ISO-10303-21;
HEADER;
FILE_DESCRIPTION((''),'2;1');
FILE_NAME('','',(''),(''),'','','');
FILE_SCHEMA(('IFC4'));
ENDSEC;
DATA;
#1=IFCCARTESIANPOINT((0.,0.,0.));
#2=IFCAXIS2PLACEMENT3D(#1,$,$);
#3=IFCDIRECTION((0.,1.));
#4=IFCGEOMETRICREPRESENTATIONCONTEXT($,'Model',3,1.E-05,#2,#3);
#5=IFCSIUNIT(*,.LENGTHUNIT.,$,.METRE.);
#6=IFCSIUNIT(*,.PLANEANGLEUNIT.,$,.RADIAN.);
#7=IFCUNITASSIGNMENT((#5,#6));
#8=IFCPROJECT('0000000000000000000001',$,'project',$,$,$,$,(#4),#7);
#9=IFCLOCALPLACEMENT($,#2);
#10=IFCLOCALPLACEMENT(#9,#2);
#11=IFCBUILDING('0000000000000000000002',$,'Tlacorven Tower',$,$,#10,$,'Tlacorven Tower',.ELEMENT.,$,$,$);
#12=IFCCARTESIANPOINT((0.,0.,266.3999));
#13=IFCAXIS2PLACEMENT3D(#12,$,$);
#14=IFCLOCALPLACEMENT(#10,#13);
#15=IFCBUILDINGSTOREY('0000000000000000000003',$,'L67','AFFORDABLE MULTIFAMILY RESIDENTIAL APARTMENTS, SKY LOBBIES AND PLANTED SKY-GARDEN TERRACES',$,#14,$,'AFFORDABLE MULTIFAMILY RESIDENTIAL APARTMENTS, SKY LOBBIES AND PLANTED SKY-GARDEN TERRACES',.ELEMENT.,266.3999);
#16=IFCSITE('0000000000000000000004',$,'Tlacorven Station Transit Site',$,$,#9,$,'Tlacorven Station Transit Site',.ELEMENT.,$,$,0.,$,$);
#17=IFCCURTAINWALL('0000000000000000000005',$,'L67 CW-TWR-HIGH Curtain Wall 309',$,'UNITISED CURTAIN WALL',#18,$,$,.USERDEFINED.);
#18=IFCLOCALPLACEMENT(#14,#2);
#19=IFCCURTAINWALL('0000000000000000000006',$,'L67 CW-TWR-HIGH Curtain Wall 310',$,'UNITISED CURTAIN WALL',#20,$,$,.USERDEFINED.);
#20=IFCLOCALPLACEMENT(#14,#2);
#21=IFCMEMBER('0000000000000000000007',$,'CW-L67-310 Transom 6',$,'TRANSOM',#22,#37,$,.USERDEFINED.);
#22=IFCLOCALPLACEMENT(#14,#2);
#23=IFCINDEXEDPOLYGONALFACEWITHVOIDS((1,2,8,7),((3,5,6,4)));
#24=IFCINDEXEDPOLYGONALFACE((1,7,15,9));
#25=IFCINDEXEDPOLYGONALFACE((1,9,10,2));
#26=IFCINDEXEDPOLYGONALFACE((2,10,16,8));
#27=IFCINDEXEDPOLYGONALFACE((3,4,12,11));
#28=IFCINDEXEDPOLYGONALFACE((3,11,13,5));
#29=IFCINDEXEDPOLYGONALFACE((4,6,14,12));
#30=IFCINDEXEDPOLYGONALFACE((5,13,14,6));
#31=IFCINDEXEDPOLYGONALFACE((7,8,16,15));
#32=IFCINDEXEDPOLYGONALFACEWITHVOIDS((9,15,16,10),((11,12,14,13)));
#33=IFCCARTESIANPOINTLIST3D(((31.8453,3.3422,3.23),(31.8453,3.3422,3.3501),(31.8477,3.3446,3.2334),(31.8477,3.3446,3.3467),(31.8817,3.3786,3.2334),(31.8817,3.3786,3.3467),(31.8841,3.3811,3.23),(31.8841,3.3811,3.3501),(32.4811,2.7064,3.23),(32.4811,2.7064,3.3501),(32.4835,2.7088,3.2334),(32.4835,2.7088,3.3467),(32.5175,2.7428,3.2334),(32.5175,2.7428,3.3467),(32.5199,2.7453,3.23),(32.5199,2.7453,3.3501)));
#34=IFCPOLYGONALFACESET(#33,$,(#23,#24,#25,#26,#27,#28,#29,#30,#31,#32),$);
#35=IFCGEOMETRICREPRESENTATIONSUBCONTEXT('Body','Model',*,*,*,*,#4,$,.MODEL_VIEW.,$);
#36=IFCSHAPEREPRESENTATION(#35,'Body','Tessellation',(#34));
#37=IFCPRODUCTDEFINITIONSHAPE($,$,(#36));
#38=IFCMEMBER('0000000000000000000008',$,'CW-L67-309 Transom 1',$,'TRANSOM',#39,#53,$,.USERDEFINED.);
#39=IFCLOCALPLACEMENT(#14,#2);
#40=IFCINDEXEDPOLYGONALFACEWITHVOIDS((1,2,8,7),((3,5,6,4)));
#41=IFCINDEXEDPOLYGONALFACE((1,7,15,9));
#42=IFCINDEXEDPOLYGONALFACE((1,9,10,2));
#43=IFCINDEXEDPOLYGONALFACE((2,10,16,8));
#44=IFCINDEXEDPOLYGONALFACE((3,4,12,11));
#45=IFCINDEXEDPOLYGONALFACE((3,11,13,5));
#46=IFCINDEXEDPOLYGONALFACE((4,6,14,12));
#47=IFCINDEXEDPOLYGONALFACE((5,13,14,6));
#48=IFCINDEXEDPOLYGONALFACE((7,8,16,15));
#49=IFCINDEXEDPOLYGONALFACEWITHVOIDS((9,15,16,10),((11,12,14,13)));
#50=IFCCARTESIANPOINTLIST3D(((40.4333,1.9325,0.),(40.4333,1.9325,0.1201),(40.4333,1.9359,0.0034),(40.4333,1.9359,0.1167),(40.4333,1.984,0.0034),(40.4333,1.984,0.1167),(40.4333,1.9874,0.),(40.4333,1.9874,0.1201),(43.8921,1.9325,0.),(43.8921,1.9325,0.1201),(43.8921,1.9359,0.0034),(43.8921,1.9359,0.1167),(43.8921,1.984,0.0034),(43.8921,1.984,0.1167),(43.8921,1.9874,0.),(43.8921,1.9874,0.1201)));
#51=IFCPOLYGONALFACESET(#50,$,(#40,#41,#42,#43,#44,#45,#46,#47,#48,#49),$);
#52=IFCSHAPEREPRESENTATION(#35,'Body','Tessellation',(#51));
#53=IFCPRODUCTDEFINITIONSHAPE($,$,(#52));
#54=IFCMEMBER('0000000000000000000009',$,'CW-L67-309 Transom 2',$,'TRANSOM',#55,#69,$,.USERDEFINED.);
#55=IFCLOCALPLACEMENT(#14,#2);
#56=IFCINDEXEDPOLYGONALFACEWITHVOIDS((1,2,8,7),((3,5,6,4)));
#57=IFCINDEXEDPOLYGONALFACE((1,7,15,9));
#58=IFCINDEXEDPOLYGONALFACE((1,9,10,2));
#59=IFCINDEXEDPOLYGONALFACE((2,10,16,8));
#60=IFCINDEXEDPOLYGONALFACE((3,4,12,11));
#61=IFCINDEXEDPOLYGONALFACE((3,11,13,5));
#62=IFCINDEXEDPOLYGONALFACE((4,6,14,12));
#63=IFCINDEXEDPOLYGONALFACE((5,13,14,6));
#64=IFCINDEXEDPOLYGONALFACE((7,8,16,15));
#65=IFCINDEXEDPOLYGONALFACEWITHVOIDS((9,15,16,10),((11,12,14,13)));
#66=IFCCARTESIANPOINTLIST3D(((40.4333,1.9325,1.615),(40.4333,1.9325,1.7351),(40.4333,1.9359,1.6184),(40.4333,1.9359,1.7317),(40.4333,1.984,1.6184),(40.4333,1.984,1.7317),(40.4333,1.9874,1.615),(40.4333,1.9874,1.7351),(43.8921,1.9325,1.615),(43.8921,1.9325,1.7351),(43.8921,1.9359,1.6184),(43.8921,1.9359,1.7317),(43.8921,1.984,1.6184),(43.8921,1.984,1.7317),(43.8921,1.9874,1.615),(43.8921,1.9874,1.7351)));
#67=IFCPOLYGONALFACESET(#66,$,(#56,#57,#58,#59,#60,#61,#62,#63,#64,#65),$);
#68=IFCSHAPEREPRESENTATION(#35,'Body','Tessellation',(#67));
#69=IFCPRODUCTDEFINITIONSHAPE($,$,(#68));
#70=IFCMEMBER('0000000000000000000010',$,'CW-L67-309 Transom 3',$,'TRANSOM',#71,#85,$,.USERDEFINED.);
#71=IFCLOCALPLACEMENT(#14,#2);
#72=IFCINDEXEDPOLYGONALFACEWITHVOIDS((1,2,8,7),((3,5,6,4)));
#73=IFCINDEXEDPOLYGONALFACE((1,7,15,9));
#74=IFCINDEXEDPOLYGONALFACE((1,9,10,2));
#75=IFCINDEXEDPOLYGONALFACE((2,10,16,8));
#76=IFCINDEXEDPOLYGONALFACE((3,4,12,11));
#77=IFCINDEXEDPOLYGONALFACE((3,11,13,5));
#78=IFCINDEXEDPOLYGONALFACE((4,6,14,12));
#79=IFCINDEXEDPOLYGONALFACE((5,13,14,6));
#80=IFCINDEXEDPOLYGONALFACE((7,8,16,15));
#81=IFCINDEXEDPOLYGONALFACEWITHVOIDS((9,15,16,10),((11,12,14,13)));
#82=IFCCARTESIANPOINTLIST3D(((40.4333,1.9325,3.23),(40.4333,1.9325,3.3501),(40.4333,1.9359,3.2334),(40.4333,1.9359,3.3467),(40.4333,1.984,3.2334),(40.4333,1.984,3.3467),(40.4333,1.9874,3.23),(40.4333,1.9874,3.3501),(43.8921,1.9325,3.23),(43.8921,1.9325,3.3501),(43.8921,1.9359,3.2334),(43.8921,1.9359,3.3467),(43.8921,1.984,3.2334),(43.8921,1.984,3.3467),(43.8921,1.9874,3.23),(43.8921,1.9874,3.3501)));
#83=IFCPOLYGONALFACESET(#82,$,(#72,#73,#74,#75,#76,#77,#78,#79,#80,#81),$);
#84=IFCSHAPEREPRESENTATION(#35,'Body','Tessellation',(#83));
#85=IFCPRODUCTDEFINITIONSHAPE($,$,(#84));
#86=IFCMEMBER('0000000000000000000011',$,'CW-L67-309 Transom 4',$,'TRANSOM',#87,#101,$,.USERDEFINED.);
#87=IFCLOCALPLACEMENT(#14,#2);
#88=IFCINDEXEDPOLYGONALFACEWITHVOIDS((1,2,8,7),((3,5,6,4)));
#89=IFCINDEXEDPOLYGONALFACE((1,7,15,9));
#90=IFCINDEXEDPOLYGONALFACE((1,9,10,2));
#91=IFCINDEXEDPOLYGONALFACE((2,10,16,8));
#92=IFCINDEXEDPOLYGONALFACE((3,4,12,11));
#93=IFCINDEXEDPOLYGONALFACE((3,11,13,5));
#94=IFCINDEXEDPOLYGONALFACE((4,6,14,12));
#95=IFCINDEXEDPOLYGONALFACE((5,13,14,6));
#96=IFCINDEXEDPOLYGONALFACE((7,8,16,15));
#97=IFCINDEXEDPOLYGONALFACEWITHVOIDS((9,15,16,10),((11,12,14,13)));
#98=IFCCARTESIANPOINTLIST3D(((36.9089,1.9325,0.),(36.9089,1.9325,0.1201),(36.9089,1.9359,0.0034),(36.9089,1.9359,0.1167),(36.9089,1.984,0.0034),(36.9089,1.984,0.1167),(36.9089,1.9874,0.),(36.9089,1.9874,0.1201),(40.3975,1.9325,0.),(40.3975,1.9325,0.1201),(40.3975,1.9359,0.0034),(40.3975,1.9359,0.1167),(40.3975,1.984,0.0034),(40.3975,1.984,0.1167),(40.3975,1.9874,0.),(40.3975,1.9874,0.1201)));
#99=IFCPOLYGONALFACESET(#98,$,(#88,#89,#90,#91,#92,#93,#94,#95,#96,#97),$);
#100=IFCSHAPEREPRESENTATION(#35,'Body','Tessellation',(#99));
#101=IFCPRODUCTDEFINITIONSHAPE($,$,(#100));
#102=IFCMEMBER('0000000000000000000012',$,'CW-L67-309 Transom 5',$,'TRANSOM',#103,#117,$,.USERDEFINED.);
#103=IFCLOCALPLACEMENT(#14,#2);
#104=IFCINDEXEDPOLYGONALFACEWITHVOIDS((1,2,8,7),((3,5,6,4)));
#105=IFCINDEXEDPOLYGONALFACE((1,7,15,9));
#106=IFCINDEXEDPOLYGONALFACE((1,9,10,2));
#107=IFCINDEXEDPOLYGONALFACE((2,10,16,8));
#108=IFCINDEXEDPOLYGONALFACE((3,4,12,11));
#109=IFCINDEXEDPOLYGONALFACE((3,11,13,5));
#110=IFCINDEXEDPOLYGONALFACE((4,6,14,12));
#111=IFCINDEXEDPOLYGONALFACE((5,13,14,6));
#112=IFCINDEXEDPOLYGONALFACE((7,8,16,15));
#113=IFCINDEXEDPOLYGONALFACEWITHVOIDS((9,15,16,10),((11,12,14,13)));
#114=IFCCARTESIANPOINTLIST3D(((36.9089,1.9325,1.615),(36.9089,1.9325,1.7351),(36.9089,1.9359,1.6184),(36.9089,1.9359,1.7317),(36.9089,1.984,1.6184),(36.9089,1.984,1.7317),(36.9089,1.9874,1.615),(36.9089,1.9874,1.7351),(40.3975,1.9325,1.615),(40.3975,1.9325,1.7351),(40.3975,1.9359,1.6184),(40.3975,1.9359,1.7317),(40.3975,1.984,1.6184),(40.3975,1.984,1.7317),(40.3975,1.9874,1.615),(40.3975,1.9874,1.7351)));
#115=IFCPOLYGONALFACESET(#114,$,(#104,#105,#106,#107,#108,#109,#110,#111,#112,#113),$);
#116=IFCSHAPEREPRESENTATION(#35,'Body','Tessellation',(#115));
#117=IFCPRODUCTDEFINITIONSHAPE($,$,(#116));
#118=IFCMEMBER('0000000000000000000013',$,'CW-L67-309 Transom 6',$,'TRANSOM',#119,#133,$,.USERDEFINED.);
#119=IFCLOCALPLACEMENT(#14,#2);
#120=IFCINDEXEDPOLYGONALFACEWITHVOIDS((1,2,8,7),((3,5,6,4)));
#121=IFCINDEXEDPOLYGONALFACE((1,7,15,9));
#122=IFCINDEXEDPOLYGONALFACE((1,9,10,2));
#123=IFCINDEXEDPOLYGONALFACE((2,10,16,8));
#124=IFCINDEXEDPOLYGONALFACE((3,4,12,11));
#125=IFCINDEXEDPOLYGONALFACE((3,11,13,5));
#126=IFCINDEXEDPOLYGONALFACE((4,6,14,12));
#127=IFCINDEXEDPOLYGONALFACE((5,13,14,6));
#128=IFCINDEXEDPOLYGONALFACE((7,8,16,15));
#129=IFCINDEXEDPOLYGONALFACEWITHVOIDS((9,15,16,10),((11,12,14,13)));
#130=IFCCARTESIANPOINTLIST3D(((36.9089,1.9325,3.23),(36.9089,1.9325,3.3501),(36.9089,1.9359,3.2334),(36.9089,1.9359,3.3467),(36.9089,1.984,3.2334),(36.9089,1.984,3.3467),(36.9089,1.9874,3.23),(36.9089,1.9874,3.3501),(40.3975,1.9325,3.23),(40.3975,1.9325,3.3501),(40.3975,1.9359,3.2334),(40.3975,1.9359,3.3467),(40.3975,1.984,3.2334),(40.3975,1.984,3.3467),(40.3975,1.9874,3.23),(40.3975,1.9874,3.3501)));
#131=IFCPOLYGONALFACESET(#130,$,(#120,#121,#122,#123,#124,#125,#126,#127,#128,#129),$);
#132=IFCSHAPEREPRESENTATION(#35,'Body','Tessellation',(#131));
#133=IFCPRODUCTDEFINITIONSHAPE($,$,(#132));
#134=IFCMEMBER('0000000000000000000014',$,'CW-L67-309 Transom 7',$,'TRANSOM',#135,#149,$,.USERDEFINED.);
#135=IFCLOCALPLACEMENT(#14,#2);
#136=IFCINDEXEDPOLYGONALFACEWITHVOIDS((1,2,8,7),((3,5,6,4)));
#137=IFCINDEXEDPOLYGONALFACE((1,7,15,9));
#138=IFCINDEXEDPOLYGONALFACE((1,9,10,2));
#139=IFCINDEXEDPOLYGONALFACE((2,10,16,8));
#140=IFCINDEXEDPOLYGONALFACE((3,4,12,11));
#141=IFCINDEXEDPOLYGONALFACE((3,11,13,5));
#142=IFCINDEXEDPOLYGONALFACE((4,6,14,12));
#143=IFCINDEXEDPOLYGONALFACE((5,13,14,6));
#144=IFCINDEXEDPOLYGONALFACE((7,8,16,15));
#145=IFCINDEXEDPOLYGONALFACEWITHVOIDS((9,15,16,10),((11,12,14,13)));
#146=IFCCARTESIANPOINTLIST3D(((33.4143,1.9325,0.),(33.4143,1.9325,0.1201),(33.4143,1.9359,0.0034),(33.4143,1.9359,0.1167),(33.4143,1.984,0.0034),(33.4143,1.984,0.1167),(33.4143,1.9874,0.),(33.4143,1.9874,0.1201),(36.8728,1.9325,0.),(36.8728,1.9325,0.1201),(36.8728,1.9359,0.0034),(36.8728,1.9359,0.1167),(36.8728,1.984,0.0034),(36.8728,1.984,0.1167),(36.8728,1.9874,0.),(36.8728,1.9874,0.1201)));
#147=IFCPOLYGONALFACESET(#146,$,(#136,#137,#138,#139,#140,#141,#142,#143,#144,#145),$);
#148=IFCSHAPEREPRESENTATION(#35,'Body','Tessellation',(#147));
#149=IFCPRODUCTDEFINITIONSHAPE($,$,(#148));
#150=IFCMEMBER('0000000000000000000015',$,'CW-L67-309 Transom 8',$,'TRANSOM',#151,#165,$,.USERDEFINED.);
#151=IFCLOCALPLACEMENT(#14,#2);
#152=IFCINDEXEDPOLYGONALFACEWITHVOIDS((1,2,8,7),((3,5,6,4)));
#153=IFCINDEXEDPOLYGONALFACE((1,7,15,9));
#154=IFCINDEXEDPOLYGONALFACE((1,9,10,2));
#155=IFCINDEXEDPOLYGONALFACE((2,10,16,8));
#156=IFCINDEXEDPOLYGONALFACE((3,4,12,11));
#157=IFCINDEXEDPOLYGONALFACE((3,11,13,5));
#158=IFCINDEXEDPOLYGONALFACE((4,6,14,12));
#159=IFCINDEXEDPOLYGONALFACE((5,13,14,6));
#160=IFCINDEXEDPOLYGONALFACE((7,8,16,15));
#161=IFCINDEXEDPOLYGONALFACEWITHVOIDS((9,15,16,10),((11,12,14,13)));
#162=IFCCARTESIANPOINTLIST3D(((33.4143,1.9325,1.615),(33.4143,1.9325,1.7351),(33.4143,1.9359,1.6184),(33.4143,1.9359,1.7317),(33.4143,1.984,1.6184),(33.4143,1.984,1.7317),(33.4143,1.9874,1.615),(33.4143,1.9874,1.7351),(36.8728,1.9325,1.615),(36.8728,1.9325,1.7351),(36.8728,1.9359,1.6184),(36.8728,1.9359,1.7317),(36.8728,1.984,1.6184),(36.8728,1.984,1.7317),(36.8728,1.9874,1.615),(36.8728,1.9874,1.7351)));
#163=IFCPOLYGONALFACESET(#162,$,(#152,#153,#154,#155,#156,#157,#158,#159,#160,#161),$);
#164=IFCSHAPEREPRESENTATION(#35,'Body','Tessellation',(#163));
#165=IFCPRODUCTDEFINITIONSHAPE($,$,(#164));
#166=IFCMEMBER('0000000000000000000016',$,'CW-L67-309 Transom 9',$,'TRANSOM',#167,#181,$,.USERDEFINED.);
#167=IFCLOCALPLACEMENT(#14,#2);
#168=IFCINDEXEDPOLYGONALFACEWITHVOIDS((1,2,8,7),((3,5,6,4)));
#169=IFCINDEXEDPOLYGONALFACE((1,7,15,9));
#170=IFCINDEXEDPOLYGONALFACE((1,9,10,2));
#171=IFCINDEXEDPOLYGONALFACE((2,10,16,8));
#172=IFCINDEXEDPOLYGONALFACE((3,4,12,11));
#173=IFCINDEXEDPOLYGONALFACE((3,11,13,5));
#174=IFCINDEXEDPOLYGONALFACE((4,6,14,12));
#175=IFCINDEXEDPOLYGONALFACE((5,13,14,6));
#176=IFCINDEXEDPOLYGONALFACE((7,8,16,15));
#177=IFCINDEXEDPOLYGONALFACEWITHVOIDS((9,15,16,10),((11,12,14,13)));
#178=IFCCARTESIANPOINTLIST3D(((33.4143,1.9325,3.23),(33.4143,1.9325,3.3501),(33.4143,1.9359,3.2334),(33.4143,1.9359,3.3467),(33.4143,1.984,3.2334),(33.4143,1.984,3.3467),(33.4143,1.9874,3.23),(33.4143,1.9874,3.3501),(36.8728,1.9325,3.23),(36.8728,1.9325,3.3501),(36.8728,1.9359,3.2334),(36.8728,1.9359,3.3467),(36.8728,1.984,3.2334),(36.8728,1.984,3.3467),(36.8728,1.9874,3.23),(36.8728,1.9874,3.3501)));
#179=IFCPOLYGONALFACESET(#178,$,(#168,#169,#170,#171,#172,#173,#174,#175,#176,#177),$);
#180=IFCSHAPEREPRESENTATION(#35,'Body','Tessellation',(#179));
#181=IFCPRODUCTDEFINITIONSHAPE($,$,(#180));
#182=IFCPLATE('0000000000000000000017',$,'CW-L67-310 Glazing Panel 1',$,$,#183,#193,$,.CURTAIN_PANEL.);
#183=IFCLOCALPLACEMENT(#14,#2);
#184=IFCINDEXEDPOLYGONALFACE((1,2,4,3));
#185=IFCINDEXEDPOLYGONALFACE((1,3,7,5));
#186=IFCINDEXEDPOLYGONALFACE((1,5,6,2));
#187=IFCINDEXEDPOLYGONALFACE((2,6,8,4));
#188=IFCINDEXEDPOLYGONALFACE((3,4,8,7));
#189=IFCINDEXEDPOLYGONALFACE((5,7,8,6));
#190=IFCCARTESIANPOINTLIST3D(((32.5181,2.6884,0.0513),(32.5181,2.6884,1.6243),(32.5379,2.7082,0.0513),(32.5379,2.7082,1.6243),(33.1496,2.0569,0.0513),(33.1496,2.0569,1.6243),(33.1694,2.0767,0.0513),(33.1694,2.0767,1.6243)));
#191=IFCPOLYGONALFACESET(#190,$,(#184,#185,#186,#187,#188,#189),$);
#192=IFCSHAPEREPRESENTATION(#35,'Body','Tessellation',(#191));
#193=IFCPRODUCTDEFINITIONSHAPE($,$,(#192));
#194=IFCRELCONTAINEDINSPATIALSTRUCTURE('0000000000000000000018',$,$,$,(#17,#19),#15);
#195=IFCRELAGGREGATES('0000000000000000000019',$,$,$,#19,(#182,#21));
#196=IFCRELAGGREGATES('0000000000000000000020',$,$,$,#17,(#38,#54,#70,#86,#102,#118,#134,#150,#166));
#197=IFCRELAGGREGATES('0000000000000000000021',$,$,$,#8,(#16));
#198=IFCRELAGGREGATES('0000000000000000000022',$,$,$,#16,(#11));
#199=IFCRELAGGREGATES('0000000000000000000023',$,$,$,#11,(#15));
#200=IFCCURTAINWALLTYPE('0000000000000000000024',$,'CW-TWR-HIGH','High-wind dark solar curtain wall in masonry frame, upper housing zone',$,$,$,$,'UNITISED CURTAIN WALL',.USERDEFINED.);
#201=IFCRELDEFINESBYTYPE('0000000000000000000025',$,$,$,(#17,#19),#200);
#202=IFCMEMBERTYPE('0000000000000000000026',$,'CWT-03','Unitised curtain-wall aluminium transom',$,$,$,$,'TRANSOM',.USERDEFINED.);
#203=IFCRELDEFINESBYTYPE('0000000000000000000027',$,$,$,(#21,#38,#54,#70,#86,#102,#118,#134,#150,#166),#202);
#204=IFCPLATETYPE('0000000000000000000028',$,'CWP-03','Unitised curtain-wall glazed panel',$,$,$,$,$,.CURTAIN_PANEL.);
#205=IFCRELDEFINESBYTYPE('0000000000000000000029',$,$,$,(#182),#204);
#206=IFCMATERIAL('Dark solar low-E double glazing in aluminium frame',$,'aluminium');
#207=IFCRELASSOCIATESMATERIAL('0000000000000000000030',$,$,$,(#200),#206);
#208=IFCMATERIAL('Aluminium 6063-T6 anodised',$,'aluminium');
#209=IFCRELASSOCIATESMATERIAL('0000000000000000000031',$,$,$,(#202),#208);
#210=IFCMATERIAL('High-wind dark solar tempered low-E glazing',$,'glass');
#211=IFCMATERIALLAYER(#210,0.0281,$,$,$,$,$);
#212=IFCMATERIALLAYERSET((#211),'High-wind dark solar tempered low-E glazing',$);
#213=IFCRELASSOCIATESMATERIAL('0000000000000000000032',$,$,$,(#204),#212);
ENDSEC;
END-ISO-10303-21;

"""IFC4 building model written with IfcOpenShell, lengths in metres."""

from ifc_helpers import new_model, si_unit, direction, frame, origin, origin_2d, place, context, subcontext, project, spatial, rectangle, hollow_rectangle, extrude, source, transform, mapped, material, layer, layer_set, material_profile, profile_set, type_object, element, aggregate, save


model = new_model("IFC4")

# Units and contexts
model_context = context("Model", 3, precision=1e-05, world=origin(), true_north=direction((0.0, 1.0)))
body_context = subcontext(model_context, "Body", "Model", "MODEL_VIEW")
ifc_project = project(units=[si_unit("LENGTHUNIT", "METRE"), si_unit("PLANEANGLEUNIT", "RADIAN")], contexts=[model_context])

# Site, building, storey
site_placement = place(None, origin())
site = spatial("IfcSite", under=ifc_project, at=site_placement, Name="Tlacorven Station Transit Site", LongName="Tlacorven Station Transit Site", CompositionType="ELEMENT", RefElevation=0.0)
building_placement = place(site_placement, origin())
building = spatial("IfcBuilding", under=site, at=building_placement, Name="Tlacorven Tower", LongName="Tlacorven Tower", CompositionType="ELEMENT")
storey_placement = place(building_placement, frame((0.0, 0.0, 266.3999)))
storey = spatial("IfcBuildingStorey", under=building, at=storey_placement, Name="L67", Description="AFFORDABLE MULTIFAMILY RESIDENTIAL APARTMENTS, SKY LOBBIES AND PLANTED SKY-GARDEN TERRACES", LongName="AFFORDABLE MULTIFAMILY RESIDENTIAL APARTMENTS, SKY LOBBIES AND PLANTED SKY-GARDEN TERRACES", CompositionType="ELEMENT", Elevation=266.3999)

# Curtain walls, member
ifc_material_1 = material(Name="Dark solar low-E double glazing in aluminium frame", Category="aluminium")
curtain_wall_type = type_object("IfcCurtainWallType", Name="CW-TWR-HIGH", Description="High-wind dark solar curtain wall in masonry frame, upper housing zone", ElementType="UNITISED CURTAIN WALL", PredefinedType="USERDEFINED", material=ifc_material_1)
curtain_wall_1_placement = place(storey_placement, origin())
curtain_wall_1 = element("IfcCurtainWall", 1, at=curtain_wall_1_placement, inside=storey, type_object=curtain_wall_type, Name="L67 CW-TWR-HIGH Curtain Wall 309", ObjectType="UNITISED CURTAIN WALL", PredefinedType="USERDEFINED")
ifc_material_2 = material(Name="Aluminium 6063-T6 anodised", Category="aluminium")
curtain_wall_2_placement = place(storey_placement, origin())
curtain_wall_2 = element("IfcCurtainWall", 2, at=curtain_wall_2_placement, inside=storey, type_object=curtain_wall_type, Name="L67 CW-TWR-HIGH Curtain Wall 310", ObjectType="UNITISED CURTAIN WALL", PredefinedType="USERDEFINED")
ifc_material_profile_1 = material_profile(ifc_material_2, hollow_rectangle(XDim=0.0549, YDim=0.1201, WallThickness=0.0034, at=origin_2d()), Name="ALU TRANSOM 55X120")
ifc_profile_set_1 = profile_set([ifc_material_profile_1], Name="Aluminium 6063-T6 anodised")
member_type_1 = type_object("IfcMemberType", Name="CWT-03", Description="Unitised curtain-wall aluminium transom", ElementType="TRANSOM", PredefinedType="USERDEFINED", material=ifc_profile_set_1)
shared_shape_1 = source(origin(), body_context, "Body", "SweptSolid", [
    extrude(hollow_rectangle(XDim=0.0549, YDim=0.1201, WallThickness=0.0034, at=origin_2d()), origin(), (0.0, 0.0, 1.0), 0.8992),
])
member_1_placement = place(storey_placement, frame((32.5005, 2.7258, 3.29), z_axis=(-0.707107, 0.707107, 0.0), x_axis=(-0.707107, -0.707107, 0.0)))
member_1 = element("IfcMember", 3, at=member_1_placement, type_object=member_type_1, Name="CW-L67-310 Transom 6", ObjectType="TRANSOM", PredefinedType="USERDEFINED", context=body_context, shape_type="MappedRepresentation", body=[
    mapped(shared_shape_1, transform((0.0, 0.0, 0.0), scale=1.0)),
])

# Members
shared_shape_2 = source(origin(), body_context, "Body", "SweptSolid", [
    extrude(hollow_rectangle(XDim=0.0549, YDim=0.1201, WallThickness=0.0034, at=origin_2d()), origin(), (0.0, 0.0, 1.0), 3.4587),
])
member_2_placement = place(storey_placement, frame((43.8921, 1.96, 0.0601), z_axis=(-1.0, 0.0, 0.0), x_axis=(0.0, -1.0, 0.0)))
member_2 = element("IfcMember", 4, at=member_2_placement, type_object=member_type_1, Name="CW-L67-309 Transom 1", ObjectType="TRANSOM", PredefinedType="USERDEFINED", context=body_context, shape_type="MappedRepresentation", body=[
    mapped(shared_shape_2, transform((0.0, 0.0, 0.0), scale=1.0)),
])
member_3_placement = place(storey_placement, frame((43.8921, 1.96, 1.675), z_axis=(-1.0, 0.0, 0.0), x_axis=(0.0, -1.0, 0.0)))
member_3 = element("IfcMember", 5, at=member_3_placement, type_object=member_type_1, Name="CW-L67-309 Transom 2", ObjectType="TRANSOM", PredefinedType="USERDEFINED", context=body_context, shape_type="MappedRepresentation", body=[
    mapped(shared_shape_2, transform((0.0, 0.0, 0.0), scale=1.0)),
])
member_4_placement = place(storey_placement, frame((43.8921, 1.96, 3.29), z_axis=(-1.0, 0.0, 0.0), x_axis=(0.0, -1.0, 0.0)))
member_4 = element("IfcMember", 6, at=member_4_placement, type_object=member_type_1, Name="CW-L67-309 Transom 3", ObjectType="TRANSOM", PredefinedType="USERDEFINED", context=body_context, shape_type="MappedRepresentation", body=[
    mapped(shared_shape_2, transform((0.0, 0.0, 0.0), scale=1.0)),
])
shared_shape_3 = source(origin(), body_context, "Body", "SweptSolid", [
    extrude(hollow_rectangle(XDim=0.0549, YDim=0.1201, WallThickness=0.0034, at=origin_2d()), origin(), (0.0, 0.0, 1.0), 3.4885),
])
member_5_placement = place(storey_placement, frame((40.3975, 1.96, 0.0601), z_axis=(-1.0, 0.0, 0.0), x_axis=(0.0, -1.0, 0.0)))
member_5 = element("IfcMember", 7, at=member_5_placement, type_object=member_type_1, Name="CW-L67-309 Transom 4", ObjectType="TRANSOM", PredefinedType="USERDEFINED", context=body_context, shape_type="MappedRepresentation", body=[
    mapped(shared_shape_3, transform((0.0, 0.0, 0.0), scale=1.0)),
])
member_6_placement = place(storey_placement, frame((40.3975, 1.96, 1.675), z_axis=(-1.0, 0.0, 0.0), x_axis=(0.0, -1.0, 0.0)))
member_6 = element("IfcMember", 8, at=member_6_placement, type_object=member_type_1, Name="CW-L67-309 Transom 5", ObjectType="TRANSOM", PredefinedType="USERDEFINED", context=body_context, shape_type="MappedRepresentation", body=[
    mapped(shared_shape_3, transform((0.0, 0.0, 0.0), scale=1.0)),
])
member_7_placement = place(storey_placement, frame((40.3975, 1.96, 3.29), z_axis=(-1.0, 0.0, 0.0), x_axis=(0.0, -1.0, 0.0)))
member_7 = element("IfcMember", 9, at=member_7_placement, type_object=member_type_1, Name="CW-L67-309 Transom 6", ObjectType="TRANSOM", PredefinedType="USERDEFINED", context=body_context, shape_type="MappedRepresentation", body=[
    mapped(shared_shape_3, transform((0.0, 0.0, 0.0), scale=1.0)),
])
shared_shape_4 = source(origin(), body_context, "Body", "SweptSolid", [
    extrude(hollow_rectangle(XDim=0.0549, YDim=0.1201, WallThickness=0.0034, at=origin_2d()), origin(), (0.0, 0.0, 1.0), 3.4585),
])
member_8_placement = place(storey_placement, frame((36.8728, 1.96, 0.0601), z_axis=(-1.0, 0.0, 0.0), x_axis=(0.0, -1.0, 0.0)))
member_8 = element("IfcMember", 10, at=member_8_placement, type_object=member_type_1, Name="CW-L67-309 Transom 7", ObjectType="TRANSOM", PredefinedType="USERDEFINED", context=body_context, shape_type="MappedRepresentation", body=[
    mapped(shared_shape_4, transform((0.0, 0.0, 0.0), scale=1.0)),
])
member_9_placement = place(storey_placement, frame((36.8728, 1.96, 1.675), z_axis=(-1.0, 0.0, 0.0), x_axis=(0.0, -1.0, 0.0)))
member_9 = element("IfcMember", 11, at=member_9_placement, type_object=member_type_1, Name="CW-L67-309 Transom 8", ObjectType="TRANSOM", PredefinedType="USERDEFINED", context=body_context, shape_type="MappedRepresentation", body=[
    mapped(shared_shape_4, transform((0.0, 0.0, 0.0), scale=1.0)),
])
member_10_placement = place(storey_placement, frame((36.8728, 1.96, 3.29), z_axis=(-1.0, 0.0, 0.0), x_axis=(0.0, -1.0, 0.0)))
member_10 = element("IfcMember", 12, at=member_10_placement, type_object=member_type_1, Name="CW-L67-309 Transom 9", ObjectType="TRANSOM", PredefinedType="USERDEFINED", context=body_context, shape_type="MappedRepresentation", body=[
    mapped(shared_shape_4, transform((0.0, 0.0, 0.0), scale=1.0)),
])

# Plate
ifc_material_3 = material(Name="High-wind dark solar tempered low-E glazing", Category="glass")
ifc_layer_1 = layer(ifc_material_3, 0.0281)
ifc_layer_set_1 = layer_set([ifc_layer_1], Name="High-wind dark solar tempered low-E glazing")
plate_type = type_object("IfcPlateType", Name="CWP-03", Description="Unitised curtain-wall glazed panel", PredefinedType="CURTAIN_PANEL", material=ifc_layer_set_1)
shared_shape_5 = source(origin(), body_context, "Body", "SweptSolid", [
    extrude(rectangle(XDim=0.8931, YDim=0.0281, at=origin_2d()), origin(), (0.0, 0.0, 1.0), 1.573),
])
plate_1_placement = place(storey_placement, frame((32.8438, 2.3826, 0.0513), z_axis=(0.0, 0.0, 1.0), x_axis=(-0.707107, 0.707107, 0.0)))
plate_1 = element("IfcPlate", 13, at=plate_1_placement, type_object=plate_type, Name="CW-L67-310 Glazing Panel 1", PredefinedType="CURTAIN_PANEL", context=body_context, shape_type="MappedRepresentation", body=[
    mapped(shared_shape_5, transform((0.0, 0.0, 0.0), scale=1.0)),
])
aggregate(curtain_wall_2, [plate_1, member_1])
aggregate(curtain_wall_1, [member_2, member_3, member_4, member_5, member_6, member_7, member_8, member_9, member_10])

save(model, "model.ifc")
